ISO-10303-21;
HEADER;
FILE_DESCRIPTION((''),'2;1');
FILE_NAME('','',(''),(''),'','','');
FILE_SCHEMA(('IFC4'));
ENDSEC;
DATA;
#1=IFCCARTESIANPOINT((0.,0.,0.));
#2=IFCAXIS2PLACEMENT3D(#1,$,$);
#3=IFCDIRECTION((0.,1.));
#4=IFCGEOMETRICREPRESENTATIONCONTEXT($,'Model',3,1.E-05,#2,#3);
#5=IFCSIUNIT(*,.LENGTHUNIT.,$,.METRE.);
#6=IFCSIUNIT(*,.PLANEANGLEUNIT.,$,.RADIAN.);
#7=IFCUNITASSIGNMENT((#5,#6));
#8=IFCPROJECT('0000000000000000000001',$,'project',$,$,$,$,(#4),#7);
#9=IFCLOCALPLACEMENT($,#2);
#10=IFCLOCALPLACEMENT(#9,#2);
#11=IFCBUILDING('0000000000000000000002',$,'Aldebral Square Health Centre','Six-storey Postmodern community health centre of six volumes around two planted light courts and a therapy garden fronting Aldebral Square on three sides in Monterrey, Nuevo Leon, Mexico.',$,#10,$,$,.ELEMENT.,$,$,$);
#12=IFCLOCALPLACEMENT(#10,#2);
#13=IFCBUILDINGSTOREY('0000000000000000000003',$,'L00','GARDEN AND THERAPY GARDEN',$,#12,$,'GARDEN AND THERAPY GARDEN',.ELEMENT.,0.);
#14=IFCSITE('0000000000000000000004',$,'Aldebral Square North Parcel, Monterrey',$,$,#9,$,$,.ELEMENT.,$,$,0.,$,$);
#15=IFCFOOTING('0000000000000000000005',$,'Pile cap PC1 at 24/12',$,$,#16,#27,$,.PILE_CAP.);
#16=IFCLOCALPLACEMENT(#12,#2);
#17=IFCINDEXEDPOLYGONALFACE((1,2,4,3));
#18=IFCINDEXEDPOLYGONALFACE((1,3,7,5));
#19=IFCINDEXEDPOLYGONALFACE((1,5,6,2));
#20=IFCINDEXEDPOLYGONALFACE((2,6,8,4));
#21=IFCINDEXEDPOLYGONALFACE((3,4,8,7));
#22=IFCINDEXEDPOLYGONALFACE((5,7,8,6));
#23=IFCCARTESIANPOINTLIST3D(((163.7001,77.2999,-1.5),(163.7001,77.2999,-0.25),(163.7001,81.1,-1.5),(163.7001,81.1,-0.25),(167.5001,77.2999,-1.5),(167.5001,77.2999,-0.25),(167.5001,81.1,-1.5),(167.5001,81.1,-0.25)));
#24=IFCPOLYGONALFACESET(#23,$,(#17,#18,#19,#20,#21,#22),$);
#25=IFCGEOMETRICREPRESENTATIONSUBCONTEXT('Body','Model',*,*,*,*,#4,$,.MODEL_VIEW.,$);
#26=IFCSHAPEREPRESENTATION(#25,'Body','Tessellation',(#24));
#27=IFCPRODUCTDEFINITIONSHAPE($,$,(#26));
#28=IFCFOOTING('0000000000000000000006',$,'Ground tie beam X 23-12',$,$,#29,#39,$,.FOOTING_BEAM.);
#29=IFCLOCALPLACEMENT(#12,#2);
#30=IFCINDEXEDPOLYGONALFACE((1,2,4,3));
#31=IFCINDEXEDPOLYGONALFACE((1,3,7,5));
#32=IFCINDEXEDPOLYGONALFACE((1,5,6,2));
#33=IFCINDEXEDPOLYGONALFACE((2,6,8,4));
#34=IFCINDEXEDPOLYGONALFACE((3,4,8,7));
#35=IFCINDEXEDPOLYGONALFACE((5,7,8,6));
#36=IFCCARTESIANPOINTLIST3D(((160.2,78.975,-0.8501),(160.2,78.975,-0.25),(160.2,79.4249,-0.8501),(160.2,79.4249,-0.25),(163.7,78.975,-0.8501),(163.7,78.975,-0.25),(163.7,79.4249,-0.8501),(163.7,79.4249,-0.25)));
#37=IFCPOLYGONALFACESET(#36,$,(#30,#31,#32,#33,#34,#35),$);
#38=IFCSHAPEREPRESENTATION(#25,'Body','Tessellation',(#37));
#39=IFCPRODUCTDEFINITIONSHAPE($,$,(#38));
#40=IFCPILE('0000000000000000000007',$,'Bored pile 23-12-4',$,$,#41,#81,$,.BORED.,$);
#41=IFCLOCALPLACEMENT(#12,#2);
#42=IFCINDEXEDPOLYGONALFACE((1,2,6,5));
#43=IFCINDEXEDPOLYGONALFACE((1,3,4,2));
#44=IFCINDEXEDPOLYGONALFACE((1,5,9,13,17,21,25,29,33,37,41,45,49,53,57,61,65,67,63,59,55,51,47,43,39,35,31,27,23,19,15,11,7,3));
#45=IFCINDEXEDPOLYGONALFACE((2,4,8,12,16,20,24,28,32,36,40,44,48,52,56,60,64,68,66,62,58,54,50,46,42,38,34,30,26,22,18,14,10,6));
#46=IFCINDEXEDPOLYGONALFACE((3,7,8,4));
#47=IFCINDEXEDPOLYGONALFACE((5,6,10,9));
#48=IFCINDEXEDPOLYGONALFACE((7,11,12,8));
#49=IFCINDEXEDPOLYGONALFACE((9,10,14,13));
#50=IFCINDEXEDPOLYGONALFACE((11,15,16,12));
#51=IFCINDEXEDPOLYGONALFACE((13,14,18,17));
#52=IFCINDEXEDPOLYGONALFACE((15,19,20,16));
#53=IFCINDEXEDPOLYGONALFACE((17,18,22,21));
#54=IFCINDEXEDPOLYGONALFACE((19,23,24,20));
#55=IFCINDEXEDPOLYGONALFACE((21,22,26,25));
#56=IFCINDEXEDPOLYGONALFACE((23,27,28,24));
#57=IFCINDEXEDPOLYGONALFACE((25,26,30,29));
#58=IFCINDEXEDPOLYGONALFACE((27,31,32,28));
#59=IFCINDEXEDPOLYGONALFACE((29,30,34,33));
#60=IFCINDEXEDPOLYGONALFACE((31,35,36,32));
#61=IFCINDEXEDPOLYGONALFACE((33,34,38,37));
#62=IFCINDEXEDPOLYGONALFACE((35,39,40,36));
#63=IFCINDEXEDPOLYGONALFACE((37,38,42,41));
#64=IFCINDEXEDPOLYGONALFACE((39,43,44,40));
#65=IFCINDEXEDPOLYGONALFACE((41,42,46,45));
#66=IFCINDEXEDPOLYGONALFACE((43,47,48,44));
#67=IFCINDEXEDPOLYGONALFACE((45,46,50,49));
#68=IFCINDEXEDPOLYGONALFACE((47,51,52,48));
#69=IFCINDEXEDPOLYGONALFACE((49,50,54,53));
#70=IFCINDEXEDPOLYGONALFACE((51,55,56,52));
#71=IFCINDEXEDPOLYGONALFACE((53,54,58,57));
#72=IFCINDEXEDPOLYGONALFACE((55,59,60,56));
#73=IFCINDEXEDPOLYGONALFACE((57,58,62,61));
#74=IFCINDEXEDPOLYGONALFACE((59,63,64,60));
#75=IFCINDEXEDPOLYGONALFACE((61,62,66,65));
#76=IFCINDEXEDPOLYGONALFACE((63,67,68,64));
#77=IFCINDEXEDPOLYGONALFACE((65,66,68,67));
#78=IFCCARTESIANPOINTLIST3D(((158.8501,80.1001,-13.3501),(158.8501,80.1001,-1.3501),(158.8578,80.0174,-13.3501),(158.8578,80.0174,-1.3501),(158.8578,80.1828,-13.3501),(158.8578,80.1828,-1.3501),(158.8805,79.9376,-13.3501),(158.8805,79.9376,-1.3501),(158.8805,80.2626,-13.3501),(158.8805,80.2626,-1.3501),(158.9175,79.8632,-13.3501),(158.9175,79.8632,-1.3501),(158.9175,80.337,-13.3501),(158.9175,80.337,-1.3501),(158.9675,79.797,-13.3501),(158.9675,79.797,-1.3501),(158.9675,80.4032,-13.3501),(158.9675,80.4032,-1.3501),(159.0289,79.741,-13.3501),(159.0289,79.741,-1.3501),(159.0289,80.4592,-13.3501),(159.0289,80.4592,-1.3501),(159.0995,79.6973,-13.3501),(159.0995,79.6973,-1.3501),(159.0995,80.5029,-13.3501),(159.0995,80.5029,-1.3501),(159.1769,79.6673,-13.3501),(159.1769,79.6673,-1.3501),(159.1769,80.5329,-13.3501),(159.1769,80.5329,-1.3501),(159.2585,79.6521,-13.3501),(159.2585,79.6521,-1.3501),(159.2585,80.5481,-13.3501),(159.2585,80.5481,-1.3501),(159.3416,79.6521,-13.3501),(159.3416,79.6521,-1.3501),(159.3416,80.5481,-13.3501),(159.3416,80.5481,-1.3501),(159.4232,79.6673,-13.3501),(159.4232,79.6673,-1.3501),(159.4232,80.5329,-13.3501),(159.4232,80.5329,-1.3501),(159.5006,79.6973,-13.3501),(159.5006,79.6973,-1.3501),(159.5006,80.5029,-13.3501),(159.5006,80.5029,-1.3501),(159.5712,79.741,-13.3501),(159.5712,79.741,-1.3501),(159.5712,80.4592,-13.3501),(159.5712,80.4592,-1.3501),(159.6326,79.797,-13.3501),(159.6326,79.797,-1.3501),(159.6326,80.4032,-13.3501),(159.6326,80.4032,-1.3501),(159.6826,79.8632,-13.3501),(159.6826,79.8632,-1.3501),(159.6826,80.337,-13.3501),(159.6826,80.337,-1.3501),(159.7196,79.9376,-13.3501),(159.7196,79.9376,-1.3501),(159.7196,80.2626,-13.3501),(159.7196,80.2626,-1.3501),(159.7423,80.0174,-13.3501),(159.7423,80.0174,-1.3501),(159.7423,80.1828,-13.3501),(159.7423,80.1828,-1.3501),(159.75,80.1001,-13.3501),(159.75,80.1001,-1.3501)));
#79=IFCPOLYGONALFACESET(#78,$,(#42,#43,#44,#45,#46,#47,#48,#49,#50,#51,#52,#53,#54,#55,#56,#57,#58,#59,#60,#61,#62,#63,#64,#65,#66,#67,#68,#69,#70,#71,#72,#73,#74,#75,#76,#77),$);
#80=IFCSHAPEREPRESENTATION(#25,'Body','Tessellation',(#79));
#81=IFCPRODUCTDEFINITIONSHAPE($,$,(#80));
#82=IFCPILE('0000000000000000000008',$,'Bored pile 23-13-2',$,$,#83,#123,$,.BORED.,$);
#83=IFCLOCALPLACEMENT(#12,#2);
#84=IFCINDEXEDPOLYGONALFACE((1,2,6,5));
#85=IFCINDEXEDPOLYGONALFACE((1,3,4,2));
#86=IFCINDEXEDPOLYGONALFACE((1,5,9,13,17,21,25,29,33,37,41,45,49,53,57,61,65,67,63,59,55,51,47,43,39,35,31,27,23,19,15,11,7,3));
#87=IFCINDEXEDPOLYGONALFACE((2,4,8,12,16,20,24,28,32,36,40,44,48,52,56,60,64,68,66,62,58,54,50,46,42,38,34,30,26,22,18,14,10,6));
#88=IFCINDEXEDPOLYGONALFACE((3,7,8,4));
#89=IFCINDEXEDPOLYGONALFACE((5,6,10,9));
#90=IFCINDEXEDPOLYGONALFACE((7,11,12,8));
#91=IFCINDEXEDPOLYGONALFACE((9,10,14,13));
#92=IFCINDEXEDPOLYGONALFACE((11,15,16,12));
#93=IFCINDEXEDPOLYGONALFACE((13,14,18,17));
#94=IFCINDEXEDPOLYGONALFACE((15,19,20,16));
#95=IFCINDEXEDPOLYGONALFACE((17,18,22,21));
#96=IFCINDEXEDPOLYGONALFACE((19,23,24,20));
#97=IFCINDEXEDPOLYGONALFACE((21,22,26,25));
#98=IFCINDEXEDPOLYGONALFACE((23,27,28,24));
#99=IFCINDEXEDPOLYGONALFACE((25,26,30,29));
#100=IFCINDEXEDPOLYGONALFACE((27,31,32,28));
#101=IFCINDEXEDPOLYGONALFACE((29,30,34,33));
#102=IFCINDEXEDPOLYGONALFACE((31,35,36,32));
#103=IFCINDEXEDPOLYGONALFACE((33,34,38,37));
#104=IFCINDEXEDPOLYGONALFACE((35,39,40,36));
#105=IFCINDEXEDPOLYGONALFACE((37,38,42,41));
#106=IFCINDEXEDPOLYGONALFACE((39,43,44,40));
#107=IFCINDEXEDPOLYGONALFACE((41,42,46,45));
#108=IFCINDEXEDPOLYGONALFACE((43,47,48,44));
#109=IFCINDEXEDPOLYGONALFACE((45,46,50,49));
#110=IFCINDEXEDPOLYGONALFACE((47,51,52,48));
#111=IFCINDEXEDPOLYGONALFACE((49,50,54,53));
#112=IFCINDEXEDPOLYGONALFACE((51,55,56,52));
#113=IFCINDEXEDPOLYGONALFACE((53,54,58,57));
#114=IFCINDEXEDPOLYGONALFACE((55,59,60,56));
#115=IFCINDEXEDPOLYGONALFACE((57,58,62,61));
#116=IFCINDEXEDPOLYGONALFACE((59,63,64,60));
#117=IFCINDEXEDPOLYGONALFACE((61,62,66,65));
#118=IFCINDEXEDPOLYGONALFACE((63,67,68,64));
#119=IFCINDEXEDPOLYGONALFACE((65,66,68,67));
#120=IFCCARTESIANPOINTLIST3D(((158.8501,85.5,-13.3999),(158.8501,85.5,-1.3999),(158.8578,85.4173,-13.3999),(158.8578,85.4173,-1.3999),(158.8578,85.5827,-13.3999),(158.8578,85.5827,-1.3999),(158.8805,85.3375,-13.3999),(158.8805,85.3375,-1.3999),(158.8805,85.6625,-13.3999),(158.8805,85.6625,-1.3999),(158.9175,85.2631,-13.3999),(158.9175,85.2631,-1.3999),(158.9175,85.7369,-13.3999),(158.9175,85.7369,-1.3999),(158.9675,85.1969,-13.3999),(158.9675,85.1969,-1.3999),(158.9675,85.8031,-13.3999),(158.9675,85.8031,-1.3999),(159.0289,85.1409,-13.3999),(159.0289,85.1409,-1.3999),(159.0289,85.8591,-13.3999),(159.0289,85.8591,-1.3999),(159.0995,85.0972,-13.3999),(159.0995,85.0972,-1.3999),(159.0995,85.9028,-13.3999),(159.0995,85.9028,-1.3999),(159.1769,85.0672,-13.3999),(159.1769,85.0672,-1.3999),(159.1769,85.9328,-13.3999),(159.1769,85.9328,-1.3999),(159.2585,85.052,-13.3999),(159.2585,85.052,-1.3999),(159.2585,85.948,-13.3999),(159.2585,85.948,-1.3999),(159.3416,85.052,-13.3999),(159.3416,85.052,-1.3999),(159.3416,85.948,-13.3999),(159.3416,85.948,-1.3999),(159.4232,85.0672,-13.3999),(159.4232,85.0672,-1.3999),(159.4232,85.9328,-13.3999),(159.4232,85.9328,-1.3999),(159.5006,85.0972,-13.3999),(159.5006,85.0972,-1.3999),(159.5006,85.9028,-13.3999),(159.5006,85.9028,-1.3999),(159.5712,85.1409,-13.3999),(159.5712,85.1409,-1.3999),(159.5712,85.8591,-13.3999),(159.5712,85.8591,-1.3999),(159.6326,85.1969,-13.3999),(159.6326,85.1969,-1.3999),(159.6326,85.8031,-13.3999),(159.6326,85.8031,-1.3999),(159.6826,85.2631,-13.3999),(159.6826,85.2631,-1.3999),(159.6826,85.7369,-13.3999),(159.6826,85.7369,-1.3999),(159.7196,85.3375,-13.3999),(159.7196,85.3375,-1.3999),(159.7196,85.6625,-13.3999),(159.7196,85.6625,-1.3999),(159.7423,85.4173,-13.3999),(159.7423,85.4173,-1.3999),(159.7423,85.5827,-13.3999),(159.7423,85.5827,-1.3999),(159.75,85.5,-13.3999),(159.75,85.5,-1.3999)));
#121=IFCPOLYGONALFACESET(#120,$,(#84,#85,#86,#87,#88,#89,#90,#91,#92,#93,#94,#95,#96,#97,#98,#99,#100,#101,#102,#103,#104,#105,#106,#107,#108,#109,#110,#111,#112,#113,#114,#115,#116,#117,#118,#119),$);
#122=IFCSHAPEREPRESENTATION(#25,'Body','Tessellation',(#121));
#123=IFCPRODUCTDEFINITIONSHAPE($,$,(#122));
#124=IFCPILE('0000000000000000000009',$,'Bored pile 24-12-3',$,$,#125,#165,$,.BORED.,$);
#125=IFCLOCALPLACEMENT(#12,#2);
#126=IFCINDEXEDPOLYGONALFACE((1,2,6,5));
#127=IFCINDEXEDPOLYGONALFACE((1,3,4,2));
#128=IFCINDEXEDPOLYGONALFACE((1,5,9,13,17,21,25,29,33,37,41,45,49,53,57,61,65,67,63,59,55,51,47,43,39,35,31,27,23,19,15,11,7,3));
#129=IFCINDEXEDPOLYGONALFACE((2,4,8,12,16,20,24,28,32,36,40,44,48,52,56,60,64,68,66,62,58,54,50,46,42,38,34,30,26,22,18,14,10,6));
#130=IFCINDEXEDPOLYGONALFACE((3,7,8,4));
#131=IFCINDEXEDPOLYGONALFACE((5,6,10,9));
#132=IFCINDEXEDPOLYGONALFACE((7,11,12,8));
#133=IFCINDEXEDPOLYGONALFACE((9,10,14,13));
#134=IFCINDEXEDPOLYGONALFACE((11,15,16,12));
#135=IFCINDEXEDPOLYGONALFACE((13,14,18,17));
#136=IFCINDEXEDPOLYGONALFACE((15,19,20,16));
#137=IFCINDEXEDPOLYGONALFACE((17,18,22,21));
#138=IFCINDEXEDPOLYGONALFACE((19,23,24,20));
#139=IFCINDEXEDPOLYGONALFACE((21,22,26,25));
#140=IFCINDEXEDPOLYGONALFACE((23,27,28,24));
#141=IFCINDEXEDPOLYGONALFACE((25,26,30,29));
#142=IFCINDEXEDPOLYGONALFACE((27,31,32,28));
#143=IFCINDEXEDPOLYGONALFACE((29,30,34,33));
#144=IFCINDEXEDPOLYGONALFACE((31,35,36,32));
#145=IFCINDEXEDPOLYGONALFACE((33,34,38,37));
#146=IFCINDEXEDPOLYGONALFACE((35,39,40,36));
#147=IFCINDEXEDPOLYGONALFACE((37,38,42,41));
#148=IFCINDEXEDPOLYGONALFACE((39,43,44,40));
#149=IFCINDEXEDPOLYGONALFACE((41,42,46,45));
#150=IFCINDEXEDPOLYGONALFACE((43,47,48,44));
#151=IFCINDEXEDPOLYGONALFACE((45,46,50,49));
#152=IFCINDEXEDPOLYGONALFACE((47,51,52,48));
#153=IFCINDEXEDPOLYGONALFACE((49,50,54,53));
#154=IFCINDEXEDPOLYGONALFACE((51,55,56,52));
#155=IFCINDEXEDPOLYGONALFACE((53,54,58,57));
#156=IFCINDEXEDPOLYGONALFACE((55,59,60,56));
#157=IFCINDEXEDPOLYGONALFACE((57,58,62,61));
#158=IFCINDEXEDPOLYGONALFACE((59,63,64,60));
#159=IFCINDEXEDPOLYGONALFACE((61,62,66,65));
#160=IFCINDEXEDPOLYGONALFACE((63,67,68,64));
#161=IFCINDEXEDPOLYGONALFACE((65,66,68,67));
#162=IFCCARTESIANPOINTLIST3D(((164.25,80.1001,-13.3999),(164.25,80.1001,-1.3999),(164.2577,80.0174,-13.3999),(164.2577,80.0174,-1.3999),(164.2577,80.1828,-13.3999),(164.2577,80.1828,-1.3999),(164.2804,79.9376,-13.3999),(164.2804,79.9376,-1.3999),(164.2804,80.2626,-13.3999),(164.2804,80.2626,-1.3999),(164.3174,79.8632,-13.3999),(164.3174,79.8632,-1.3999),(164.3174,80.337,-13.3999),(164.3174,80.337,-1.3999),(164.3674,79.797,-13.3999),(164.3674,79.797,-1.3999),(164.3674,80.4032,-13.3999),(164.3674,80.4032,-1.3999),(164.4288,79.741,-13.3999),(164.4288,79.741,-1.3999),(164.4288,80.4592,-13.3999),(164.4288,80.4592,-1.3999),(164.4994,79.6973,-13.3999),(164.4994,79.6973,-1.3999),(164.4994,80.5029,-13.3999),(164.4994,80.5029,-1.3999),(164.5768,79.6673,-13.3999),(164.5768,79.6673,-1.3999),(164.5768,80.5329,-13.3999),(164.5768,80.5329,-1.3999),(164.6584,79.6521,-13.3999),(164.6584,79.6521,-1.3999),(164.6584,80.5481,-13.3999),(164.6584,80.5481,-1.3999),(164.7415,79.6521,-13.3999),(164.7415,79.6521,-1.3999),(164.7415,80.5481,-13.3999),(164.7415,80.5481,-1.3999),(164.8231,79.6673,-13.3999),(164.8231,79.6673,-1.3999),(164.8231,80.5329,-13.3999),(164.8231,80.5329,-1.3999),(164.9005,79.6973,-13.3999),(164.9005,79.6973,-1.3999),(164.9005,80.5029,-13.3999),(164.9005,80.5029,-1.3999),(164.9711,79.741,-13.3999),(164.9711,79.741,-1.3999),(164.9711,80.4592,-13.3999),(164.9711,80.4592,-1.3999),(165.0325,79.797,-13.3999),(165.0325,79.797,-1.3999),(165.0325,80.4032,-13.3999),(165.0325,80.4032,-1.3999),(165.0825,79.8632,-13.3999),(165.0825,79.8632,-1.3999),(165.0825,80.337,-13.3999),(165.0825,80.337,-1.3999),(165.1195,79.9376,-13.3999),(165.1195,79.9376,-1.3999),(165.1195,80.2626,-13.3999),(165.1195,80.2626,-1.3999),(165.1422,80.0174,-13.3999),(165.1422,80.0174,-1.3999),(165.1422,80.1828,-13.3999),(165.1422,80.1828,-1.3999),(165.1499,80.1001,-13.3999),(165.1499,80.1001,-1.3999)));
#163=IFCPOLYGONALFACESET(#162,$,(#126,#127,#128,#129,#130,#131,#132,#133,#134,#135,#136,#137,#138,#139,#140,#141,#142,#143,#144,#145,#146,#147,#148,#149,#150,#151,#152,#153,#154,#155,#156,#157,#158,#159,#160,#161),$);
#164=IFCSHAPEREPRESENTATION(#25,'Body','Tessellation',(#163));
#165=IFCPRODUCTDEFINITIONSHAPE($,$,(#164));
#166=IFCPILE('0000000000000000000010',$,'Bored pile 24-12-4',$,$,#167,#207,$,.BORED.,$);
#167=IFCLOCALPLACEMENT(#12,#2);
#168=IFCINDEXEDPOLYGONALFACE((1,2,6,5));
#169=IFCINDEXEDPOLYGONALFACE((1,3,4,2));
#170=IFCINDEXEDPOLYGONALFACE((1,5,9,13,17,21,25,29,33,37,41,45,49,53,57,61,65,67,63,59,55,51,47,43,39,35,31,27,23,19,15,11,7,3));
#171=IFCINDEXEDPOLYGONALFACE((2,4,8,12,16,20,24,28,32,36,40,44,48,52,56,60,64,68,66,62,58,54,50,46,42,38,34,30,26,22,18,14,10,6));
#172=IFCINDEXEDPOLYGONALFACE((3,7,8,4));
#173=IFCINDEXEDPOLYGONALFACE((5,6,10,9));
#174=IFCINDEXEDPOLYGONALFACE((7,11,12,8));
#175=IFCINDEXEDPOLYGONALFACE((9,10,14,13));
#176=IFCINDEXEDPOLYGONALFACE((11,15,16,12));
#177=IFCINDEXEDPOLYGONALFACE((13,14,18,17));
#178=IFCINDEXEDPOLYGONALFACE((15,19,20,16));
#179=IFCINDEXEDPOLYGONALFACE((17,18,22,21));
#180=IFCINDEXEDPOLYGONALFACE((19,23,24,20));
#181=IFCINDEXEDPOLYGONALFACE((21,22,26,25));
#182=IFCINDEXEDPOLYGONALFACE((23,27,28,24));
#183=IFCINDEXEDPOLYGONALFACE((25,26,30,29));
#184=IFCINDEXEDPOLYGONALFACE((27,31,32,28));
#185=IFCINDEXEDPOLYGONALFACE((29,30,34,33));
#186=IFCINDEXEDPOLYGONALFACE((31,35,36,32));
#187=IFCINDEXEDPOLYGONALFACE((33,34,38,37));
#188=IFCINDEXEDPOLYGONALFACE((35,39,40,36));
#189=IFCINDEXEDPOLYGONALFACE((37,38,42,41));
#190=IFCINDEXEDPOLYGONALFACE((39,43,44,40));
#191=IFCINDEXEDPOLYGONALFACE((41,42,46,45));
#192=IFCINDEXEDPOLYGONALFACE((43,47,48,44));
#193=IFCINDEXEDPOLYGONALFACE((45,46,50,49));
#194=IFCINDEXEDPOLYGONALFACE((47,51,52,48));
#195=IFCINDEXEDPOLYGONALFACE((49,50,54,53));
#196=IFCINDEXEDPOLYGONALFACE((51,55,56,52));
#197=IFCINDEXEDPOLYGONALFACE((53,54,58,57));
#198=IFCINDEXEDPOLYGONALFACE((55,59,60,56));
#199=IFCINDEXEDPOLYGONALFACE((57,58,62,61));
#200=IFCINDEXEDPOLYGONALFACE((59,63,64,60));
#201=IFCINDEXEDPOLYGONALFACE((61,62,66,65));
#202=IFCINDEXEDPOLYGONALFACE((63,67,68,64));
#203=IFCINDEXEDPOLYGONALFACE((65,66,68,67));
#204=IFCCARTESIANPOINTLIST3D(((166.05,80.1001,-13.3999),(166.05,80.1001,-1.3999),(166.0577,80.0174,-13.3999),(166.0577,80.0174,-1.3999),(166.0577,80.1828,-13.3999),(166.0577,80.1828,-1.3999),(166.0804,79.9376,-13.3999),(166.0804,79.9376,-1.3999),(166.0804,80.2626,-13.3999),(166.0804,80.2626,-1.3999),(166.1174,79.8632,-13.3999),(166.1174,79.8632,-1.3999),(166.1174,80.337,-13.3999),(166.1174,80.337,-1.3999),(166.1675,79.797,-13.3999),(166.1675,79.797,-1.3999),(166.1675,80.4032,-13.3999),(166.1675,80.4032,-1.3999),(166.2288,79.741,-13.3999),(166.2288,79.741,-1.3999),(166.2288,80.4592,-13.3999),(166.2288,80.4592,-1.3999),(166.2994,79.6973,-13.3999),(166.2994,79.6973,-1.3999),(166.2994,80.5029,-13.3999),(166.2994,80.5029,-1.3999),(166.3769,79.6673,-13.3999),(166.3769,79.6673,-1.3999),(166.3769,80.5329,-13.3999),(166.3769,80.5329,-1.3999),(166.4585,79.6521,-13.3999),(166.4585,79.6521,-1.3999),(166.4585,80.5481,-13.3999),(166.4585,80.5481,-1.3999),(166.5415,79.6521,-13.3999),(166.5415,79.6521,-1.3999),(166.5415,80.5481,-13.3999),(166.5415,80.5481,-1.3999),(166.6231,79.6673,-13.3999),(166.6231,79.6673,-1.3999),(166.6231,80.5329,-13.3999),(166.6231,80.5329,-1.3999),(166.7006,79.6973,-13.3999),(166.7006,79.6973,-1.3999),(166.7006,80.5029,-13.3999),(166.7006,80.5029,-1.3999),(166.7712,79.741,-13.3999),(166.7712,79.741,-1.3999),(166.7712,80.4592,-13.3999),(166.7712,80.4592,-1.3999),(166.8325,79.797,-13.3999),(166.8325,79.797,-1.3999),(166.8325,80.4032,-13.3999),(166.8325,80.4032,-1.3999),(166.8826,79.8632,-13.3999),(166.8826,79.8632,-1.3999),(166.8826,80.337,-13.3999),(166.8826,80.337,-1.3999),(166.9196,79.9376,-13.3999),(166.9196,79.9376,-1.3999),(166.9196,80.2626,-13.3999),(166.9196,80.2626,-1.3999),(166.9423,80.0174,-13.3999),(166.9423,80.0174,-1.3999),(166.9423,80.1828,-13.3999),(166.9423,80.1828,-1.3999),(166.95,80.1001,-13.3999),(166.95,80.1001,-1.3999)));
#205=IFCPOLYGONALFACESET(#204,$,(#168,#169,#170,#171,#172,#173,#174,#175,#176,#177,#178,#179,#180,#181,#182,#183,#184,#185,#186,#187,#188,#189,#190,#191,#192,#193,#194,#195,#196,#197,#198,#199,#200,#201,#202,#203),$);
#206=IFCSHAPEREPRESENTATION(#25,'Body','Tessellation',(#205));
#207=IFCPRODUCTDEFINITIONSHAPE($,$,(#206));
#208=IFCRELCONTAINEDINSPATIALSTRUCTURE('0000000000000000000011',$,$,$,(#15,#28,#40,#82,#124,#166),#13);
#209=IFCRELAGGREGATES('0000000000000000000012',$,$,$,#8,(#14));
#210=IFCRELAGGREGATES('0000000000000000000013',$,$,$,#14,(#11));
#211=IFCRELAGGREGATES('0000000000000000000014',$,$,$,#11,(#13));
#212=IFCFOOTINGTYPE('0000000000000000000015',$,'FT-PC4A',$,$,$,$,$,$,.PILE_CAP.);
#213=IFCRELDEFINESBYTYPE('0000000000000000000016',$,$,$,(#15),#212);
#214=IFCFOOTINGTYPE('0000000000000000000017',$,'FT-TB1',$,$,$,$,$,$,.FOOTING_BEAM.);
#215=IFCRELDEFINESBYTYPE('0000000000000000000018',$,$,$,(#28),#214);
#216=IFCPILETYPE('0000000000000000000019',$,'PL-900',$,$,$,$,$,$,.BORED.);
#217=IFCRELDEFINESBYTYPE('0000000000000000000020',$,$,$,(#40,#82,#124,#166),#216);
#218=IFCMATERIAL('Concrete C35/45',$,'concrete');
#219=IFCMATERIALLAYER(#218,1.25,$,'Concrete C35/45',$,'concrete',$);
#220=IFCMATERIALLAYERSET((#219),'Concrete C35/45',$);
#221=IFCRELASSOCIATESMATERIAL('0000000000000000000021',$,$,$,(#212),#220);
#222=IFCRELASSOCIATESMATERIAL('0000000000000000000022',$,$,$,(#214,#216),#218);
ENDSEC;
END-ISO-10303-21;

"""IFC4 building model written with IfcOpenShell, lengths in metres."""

from ifc_helpers import new_model, si_unit, direction, frame, origin, origin_2d, place, context, subcontext, project, spatial, rectangle, circle, extrude, material, layer, layer_set, material_profile, profile_set, type_object, element, save


model = new_model("IFC4")

# Units and contexts
model_context = context("Model", 3, precision=1e-05, world=origin(), true_north=direction((0.0, 1.0)))
body_context = subcontext(model_context, "Body", "Model", "MODEL_VIEW")
ifc_project = project(units=[si_unit("LENGTHUNIT", "METRE"), si_unit("PLANEANGLEUNIT", "RADIAN")], contexts=[model_context])

# Site, building, storey
site_placement = place(None, origin())
site = spatial("IfcSite", under=ifc_project, at=site_placement, Name="Aldebral Square North Parcel, Monterrey", CompositionType="ELEMENT", RefElevation=0.0)
building_placement = place(site_placement, origin())
building = spatial("IfcBuilding", under=site, at=building_placement, Name="Aldebral Square Health Centre", Description="Six-storey Postmodern community health centre of six volumes around two planted light courts and a therapy garden fronting Aldebral Square on three sides in Monterrey, Nuevo Leon, Mexico.", CompositionType="ELEMENT")
storey_placement = place(building_placement, origin())
storey = spatial("IfcBuildingStorey", under=building, at=storey_placement, Name="L00", Description="GARDEN AND THERAPY GARDEN", LongName="GARDEN AND THERAPY GARDEN", CompositionType="ELEMENT", Elevation=0.0)

# Footings
ifc_material_1 = material(Name="Concrete C35/45", Category="concrete")
ifc_layer_1 = layer(ifc_material_1, 1.25, Name="Concrete C35/45", Category="concrete")
ifc_layer_set_1 = layer_set([ifc_layer_1], Name="Concrete C35/45")
footing_type_1 = type_object("IfcFootingType", Name="FT-PC4A", PredefinedType="PILE_CAP", material=ifc_layer_set_1)
footing_1_placement = place(storey_placement, frame((165.6001, 79.2, -1.5), z_axis=(0.0, 0.0, 1.0), x_axis=(1.0, 0.0, 0.0)))
element("IfcFooting", 1, at=footing_1_placement, inside=storey, type_object=footing_type_1, Name="Pile cap PC1 at 24/12", PredefinedType="PILE_CAP", context=body_context, shape_type="SweptSolid", body=[
    extrude(rectangle(XDim=3.8, YDim=3.8, at=origin_2d()), origin(), (0.0, 0.0, 1.0), 1.25),
])
ifc_material_profile_1 = material_profile(ifc_material_1, rectangle(XDim=0.45, YDim=0.6001, at=origin_2d()), Name="RC 450x600")
ifc_profile_set_1 = profile_set([ifc_material_profile_1], Name="Concrete C35/45")
footing_type_2 = type_object("IfcFootingType", Name="FT-TB1", PredefinedType="FOOTING_BEAM", material=ifc_profile_set_1)
footing_2_placement = place(storey_placement, frame((160.2, 79.2, -0.55), z_axis=(1.0, 0.0, 0.0), x_axis=(0.0, 1.0, 0.0)))
element("IfcFooting", 2, at=footing_2_placement, inside=storey, type_object=footing_type_2, Name="Ground tie beam X 23-12", PredefinedType="FOOTING_BEAM", context=body_context, shape_type="SweptSolid", body=[
    extrude(rectangle(XDim=0.45, YDim=0.6001, at=origin_2d()), origin(), (0.0, 0.0, 1.0), 3.5),
])

# Piles
ifc_material_profile_2 = material_profile(ifc_material_1, circle(Radius=0.45, at=origin_2d()), Name="PILE D900")
ifc_profile_set_2 = profile_set([ifc_material_profile_2], Name="Concrete C35/45")
pile_type = type_object("IfcPileType", Name="PL-900", PredefinedType="BORED", material=ifc_profile_set_2)
for number, where, z_axis, x_axis, name in (
    (3, (159.3, 80.1001, -1.3501), (0.0, 0.0, -1.0), (1.0, 0.0, 0.0), "Bored pile 23-12-4"),
    (4, (159.3, 85.5, -1.3999), (0.0, 0.0, -1.0), (1.0, 0.0, 0.0), "Bored pile 23-13-2"),
    (5, (164.7, 80.1001, -1.3999), (0.0, 0.0, -1.0), (1.0, 0.0, 0.0), "Bored pile 24-12-3"),
    (6, (166.5, 80.1001, -1.3999), (0.0, 0.0, -1.0), (1.0, 0.0, 0.0), "Bored pile 24-12-4"),
):
    element("IfcPile", number, at=place(storey_placement, frame(where, z_axis=z_axis, x_axis=x_axis)), inside=storey, type_object=pile_type, Name=name, PredefinedType="BORED", context=body_context, shape_type="SweptSolid", body=[
        extrude(circle(Radius=0.45, at=origin_2d()), origin(), (0.0, 0.0, 1.0), 12.0),
    ])

save(model, "model.ifc")
